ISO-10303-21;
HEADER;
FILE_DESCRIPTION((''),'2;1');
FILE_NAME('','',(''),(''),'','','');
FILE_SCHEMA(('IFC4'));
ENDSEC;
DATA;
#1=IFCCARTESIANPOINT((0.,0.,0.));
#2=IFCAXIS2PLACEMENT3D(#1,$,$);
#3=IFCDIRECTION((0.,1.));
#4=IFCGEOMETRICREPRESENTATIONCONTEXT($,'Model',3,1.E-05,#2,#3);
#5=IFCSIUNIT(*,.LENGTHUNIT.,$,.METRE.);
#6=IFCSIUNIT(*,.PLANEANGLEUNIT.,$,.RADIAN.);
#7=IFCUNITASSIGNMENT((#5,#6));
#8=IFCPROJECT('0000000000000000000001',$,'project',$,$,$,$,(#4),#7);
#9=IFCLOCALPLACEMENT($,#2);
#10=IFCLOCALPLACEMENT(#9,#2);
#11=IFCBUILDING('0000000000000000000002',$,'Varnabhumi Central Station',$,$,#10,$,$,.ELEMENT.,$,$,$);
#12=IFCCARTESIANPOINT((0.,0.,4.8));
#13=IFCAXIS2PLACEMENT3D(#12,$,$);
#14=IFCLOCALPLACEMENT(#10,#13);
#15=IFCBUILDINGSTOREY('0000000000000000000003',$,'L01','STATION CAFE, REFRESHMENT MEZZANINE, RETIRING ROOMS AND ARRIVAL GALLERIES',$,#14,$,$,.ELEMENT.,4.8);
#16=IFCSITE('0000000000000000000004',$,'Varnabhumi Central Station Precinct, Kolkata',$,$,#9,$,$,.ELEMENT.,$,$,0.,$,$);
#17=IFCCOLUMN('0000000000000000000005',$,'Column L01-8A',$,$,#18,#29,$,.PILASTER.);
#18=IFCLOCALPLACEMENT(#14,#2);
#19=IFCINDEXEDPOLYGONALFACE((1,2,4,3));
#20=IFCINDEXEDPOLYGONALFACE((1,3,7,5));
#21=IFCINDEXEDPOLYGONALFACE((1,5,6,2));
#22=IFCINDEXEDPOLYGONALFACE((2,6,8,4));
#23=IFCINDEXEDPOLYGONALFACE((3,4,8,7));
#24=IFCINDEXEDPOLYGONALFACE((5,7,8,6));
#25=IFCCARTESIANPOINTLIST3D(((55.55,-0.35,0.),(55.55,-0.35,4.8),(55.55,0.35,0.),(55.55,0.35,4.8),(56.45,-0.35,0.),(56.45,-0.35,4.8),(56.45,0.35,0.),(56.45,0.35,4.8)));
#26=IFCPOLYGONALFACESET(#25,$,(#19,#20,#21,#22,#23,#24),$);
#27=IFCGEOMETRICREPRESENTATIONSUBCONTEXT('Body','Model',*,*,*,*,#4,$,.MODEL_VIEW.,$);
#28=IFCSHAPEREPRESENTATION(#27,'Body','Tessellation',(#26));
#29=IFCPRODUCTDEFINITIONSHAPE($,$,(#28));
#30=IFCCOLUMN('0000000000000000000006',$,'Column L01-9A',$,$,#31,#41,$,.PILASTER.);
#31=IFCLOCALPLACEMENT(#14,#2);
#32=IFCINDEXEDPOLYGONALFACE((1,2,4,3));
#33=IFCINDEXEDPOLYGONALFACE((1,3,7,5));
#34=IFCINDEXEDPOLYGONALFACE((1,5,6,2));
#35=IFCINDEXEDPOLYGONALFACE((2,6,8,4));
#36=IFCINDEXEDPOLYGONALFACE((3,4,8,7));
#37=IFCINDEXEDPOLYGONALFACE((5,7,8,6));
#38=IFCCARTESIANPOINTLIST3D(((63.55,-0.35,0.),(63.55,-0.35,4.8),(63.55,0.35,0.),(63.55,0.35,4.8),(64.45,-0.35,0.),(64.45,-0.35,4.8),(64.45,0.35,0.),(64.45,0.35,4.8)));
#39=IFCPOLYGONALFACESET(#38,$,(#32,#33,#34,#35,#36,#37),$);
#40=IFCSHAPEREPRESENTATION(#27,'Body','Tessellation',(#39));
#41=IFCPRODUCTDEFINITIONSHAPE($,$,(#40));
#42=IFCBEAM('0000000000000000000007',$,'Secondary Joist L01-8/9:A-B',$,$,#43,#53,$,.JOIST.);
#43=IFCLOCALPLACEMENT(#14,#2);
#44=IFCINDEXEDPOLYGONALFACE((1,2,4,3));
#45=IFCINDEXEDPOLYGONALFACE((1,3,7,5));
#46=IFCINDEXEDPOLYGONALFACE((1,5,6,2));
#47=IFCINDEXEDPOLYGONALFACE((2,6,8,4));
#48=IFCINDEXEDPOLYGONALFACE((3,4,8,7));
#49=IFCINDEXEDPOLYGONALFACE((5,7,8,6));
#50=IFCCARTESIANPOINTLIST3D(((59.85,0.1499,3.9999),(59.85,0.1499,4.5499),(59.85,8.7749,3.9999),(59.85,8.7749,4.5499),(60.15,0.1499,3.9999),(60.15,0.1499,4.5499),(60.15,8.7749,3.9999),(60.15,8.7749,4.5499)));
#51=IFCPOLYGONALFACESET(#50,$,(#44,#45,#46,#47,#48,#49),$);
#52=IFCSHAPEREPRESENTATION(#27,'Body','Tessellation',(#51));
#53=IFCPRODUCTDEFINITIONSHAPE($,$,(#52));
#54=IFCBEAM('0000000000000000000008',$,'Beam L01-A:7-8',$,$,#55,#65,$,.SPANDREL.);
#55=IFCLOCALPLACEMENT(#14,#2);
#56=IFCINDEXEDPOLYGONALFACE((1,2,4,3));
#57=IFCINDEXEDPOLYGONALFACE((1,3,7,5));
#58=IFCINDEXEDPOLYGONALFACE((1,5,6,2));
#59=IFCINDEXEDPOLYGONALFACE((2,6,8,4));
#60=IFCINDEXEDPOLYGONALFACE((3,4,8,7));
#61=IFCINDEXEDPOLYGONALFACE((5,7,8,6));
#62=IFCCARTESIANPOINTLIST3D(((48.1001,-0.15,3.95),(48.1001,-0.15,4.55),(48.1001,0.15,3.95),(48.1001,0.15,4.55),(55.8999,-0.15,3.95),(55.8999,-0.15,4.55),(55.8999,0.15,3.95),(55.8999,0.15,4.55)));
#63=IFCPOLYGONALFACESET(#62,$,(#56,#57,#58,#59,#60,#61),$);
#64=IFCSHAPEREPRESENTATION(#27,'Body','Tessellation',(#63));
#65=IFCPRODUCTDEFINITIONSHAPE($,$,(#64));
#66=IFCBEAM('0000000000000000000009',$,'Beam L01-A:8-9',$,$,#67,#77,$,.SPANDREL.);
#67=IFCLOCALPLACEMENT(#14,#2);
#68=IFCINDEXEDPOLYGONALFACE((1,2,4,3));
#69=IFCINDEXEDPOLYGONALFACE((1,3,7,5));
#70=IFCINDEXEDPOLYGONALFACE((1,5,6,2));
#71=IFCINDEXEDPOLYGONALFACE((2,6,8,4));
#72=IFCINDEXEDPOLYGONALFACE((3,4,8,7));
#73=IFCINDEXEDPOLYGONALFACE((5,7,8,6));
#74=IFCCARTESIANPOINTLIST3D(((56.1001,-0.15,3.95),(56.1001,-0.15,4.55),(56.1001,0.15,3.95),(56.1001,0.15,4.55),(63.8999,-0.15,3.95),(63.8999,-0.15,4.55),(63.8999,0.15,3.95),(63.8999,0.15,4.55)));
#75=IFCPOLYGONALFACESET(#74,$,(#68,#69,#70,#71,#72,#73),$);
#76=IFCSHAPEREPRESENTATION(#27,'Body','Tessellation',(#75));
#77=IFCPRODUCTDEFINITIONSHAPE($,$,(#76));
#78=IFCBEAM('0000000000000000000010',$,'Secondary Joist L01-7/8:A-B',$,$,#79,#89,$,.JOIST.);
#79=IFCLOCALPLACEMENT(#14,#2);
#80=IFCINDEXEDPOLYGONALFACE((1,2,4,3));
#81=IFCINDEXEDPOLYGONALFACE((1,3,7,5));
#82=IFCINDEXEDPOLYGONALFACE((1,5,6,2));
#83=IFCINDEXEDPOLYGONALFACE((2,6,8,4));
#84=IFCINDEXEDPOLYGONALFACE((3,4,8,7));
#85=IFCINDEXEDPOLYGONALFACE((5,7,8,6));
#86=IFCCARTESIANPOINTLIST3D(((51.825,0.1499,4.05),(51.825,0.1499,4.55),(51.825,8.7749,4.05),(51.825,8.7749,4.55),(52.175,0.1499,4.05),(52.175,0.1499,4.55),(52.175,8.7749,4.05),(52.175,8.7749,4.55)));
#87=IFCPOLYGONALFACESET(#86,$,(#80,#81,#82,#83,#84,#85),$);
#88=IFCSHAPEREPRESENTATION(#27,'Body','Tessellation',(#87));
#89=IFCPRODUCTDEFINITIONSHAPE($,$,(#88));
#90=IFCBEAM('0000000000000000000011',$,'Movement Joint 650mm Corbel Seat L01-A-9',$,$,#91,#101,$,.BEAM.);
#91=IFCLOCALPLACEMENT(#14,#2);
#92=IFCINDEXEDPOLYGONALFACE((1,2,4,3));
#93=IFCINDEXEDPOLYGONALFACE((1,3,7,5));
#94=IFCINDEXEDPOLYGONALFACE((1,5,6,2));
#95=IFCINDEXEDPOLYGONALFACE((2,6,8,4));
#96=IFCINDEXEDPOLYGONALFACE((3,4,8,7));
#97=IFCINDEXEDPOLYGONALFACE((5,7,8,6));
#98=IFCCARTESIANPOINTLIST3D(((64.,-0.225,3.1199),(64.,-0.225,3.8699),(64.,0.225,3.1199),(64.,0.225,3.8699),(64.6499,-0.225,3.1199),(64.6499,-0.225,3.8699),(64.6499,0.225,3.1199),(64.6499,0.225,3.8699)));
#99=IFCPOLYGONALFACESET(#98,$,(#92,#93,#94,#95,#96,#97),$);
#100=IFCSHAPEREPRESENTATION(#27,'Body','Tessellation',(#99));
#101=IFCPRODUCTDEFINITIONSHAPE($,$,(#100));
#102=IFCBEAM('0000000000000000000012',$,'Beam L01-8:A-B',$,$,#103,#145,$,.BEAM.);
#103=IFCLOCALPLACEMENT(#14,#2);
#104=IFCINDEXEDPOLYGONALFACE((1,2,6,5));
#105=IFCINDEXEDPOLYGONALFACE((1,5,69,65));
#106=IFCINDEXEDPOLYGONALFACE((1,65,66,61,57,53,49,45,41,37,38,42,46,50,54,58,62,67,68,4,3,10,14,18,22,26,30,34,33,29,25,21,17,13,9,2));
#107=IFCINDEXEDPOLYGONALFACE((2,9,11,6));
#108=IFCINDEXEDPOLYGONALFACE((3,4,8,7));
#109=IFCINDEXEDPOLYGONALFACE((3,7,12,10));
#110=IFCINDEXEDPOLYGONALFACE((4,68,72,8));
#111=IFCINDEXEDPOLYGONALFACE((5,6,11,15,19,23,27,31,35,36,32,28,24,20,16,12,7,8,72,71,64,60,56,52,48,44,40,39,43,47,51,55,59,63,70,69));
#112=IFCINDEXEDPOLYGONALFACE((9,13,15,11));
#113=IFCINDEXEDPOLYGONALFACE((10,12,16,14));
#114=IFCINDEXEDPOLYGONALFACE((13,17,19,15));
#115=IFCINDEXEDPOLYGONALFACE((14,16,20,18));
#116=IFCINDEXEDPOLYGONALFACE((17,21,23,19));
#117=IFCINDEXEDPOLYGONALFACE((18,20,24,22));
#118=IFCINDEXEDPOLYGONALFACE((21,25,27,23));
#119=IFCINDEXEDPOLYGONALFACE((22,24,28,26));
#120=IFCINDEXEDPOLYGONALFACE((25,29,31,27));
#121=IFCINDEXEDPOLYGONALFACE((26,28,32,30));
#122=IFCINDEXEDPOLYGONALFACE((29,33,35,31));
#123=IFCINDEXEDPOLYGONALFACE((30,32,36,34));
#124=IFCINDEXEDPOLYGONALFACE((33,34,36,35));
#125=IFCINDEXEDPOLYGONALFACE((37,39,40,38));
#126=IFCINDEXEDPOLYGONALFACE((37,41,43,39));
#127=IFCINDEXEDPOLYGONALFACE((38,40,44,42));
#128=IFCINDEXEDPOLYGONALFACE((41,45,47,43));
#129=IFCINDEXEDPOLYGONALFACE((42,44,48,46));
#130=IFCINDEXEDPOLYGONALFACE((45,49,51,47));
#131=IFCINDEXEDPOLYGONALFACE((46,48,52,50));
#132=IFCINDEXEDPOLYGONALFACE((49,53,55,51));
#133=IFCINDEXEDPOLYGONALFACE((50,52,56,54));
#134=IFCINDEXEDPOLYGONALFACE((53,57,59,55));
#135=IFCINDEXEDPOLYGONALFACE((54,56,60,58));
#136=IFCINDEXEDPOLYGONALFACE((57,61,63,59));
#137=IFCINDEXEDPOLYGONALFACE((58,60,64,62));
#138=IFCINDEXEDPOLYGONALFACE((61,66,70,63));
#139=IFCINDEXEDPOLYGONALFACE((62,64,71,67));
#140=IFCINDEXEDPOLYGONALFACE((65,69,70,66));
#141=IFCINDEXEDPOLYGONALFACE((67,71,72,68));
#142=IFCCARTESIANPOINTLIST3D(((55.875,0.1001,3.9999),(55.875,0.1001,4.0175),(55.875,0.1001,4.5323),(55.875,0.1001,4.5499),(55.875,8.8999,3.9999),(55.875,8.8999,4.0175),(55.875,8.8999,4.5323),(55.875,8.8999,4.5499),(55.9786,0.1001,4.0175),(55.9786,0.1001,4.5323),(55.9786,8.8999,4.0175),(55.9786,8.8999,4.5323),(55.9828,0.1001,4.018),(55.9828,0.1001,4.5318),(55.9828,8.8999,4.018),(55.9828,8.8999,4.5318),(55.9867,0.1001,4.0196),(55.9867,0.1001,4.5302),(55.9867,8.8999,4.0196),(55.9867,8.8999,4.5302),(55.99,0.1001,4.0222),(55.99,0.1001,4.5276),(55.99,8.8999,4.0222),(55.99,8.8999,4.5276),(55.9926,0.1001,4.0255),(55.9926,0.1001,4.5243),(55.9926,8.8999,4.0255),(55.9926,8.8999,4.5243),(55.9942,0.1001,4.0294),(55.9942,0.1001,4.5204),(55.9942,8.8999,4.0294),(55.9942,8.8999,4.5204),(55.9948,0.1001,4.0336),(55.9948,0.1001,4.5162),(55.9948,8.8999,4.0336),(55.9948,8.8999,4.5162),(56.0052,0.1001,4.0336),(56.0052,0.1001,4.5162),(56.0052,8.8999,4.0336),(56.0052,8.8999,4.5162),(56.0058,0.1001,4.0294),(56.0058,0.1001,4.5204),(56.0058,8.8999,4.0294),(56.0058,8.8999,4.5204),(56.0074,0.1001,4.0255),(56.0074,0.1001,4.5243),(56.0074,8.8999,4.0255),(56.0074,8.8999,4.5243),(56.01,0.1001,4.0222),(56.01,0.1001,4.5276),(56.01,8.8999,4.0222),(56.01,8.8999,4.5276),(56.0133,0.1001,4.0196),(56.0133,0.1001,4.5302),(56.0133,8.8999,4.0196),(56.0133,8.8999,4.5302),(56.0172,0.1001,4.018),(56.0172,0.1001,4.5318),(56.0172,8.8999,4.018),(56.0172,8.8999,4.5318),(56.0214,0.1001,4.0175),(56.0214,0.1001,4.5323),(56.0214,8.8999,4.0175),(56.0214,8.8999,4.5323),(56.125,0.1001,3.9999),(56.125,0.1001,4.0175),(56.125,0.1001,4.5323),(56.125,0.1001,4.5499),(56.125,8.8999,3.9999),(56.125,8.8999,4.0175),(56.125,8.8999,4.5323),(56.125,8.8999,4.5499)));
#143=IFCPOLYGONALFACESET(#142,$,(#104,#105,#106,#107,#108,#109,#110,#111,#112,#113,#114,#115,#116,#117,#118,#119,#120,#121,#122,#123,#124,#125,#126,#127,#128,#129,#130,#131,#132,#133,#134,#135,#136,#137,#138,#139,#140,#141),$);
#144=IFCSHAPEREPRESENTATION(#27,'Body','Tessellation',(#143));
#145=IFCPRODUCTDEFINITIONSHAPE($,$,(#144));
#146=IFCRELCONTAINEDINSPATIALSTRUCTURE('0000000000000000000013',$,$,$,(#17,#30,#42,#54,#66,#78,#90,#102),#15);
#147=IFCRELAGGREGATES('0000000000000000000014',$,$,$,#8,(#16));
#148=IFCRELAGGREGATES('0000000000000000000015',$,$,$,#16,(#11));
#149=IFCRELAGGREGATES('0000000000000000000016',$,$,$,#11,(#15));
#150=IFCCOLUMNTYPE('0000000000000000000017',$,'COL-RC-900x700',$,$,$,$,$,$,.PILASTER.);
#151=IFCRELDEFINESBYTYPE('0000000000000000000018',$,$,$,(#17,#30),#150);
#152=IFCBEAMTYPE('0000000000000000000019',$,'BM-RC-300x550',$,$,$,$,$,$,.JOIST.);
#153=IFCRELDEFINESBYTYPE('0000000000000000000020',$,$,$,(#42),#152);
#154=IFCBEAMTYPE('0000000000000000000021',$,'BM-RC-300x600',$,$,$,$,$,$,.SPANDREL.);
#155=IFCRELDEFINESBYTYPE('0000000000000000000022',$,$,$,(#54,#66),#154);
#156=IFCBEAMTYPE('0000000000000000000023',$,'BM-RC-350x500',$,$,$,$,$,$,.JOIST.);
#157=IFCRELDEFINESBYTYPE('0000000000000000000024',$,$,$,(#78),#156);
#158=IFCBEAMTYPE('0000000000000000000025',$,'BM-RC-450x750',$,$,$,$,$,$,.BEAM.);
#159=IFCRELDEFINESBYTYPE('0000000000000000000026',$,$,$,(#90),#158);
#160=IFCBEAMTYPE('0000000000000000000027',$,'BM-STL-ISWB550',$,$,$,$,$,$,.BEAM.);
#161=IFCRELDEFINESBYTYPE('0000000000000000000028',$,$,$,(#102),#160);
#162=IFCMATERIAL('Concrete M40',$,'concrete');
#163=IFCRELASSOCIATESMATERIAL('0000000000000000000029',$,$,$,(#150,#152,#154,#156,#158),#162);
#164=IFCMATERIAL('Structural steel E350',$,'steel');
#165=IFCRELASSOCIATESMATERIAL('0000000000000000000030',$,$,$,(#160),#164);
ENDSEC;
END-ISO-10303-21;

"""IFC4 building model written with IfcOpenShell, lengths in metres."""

from ifc_helpers import new_model, si_unit, direction, frame, origin, origin_2d, place, context, subcontext, project, spatial, rectangle, i_section, extrude, material, material_profile, profile_set, type_object, element, save


model = new_model("IFC4")

# Units and contexts
model_context = context("Model", 3, precision=1e-05, world=origin(), true_north=direction((0.0, 1.0)))
body_context = subcontext(model_context, "Body", "Model", "MODEL_VIEW")
ifc_project = project(units=[si_unit("LENGTHUNIT", "METRE"), si_unit("PLANEANGLEUNIT", "RADIAN")], contexts=[model_context])

# Site, building, storey
site_placement = place(None, origin())
site = spatial("IfcSite", under=ifc_project, at=site_placement, Name="Varnabhumi Central Station Precinct, Kolkata", CompositionType="ELEMENT", RefElevation=0.0)
building_placement = place(site_placement, origin())
building = spatial("IfcBuilding", under=site, at=building_placement, Name="Varnabhumi Central Station", CompositionType="ELEMENT")
storey_placement = place(building_placement, frame((0.0, 0.0, 4.8)))
storey = spatial("IfcBuildingStorey", under=building, at=storey_placement, Name="L01", Description="STATION CAFE, REFRESHMENT MEZZANINE, RETIRING ROOMS AND ARRIVAL GALLERIES", CompositionType="ELEMENT", Elevation=4.8)

# Columns
ifc_material_1 = material(Name="Concrete M40", Category="concrete")
ifc_material_profile_1 = material_profile(ifc_material_1, rectangle(XDim=0.8999, YDim=0.7, at=origin_2d()), Name="Concrete M40", Category="concrete")
ifc_profile_set_1 = profile_set([ifc_material_profile_1], Name="Concrete M40")
column_type = type_object("IfcColumnType", Name="COL-RC-900x700", PredefinedType="PILASTER", material=ifc_profile_set_1)
for number, where, z_axis, x_axis, name in (
    (1, (56.0, 0.0, 0.0), (0.0, 0.0, 1.0), (1.0, 0.0, 0.0), "Column L01-8A"),
    (2, (64.0, 0.0, 0.0), (0.0, 0.0, 1.0), (1.0, 0.0, 0.0), "Column L01-9A"),
):
    element("IfcColumn", number, at=place(storey_placement, frame(where, z_axis=z_axis, x_axis=x_axis)), inside=storey, type_object=column_type, Name=name, PredefinedType="PILASTER", context=body_context, shape_type="SweptSolid", body=[
        extrude(rectangle(XDim=0.8999, YDim=0.7, at=origin_2d()), origin(), (0.0, 0.0, 1.0), 4.8),
    ])

# Beams
ifc_material_profile_2 = material_profile(ifc_material_1, rectangle(XDim=0.3, YDim=0.55, at=origin_2d()), Name="Concrete M40", Category="concrete")
ifc_profile_set_2 = profile_set([ifc_material_profile_2], Name="Concrete M40")
beam_type_1 = type_object("IfcBeamType", Name="BM-RC-300x550", PredefinedType="JOIST", material=ifc_profile_set_2)
beam_1_placement = place(storey_placement, frame((60.0, 0.1499, 4.2749), z_axis=(0.0, 1.0, 0.0), x_axis=(-1.0, 0.0, 0.0)))
element("IfcBeam", 3, at=beam_1_placement, inside=storey, type_object=beam_type_1, Name="Secondary Joist L01-8/9:A-B", PredefinedType="JOIST", context=body_context, shape_type="SweptSolid", body=[
    extrude(rectangle(XDim=0.3, YDim=0.55, at=origin_2d()), origin(), (0.0, 0.0, 1.0), 8.625),
])
ifc_material_profile_3 = material_profile(ifc_material_1, rectangle(XDim=0.3, YDim=0.6001, at=origin_2d()), Name="Concrete M40", Category="concrete")
ifc_profile_set_3 = profile_set([ifc_material_profile_3], Name="Concrete M40")
beam_type_2 = type_object("IfcBeamType", Name="BM-RC-300x600", PredefinedType="SPANDREL", material=ifc_profile_set_3)
for number, where, z_axis, x_axis, name in (
    (4, (48.1001, 0.0, 4.25), (1.0, 0.0, 0.0), (0.0, 1.0, 0.0), "Beam L01-A:7-8"),
    (5, (56.1001, 0.0, 4.25), (1.0, 0.0, 0.0), (0.0, 1.0, 0.0), "Beam L01-A:8-9"),
):
    element("IfcBeam", number, at=place(storey_placement, frame(where, z_axis=z_axis, x_axis=x_axis)), inside=storey, type_object=beam_type_2, Name=name, PredefinedType="SPANDREL", context=body_context, shape_type="SweptSolid", body=[
        extrude(rectangle(XDim=0.3, YDim=0.6001, at=origin_2d()), origin(), (0.0, 0.0, 1.0), 7.7998),
    ])
ifc_material_profile_4 = material_profile(ifc_material_1, rectangle(XDim=0.3501, YDim=0.5, at=origin_2d()), Name="Concrete M40", Category="concrete")
ifc_profile_set_4 = profile_set([ifc_material_profile_4], Name="Concrete M40")
beam_type_3 = type_object("IfcBeamType", Name="BM-RC-350x500", PredefinedType="JOIST", material=ifc_profile_set_4)
beam_2_placement = place(storey_placement, frame((52.0, 0.1499, 4.3), z_axis=(0.0, 1.0, 0.0), x_axis=(-1.0, 0.0, 0.0)))
element("IfcBeam", 6, at=beam_2_placement, inside=storey, type_object=beam_type_3, Name="Secondary Joist L01-7/8:A-B", PredefinedType="JOIST", context=body_context, shape_type="SweptSolid", body=[
    extrude(rectangle(XDim=0.3501, YDim=0.5, at=origin_2d()), origin(), (0.0, 0.0, 1.0), 8.625),
])
ifc_material_profile_5 = material_profile(ifc_material_1, rectangle(XDim=0.45, YDim=0.75, at=origin_2d()), Name="Concrete M40", Category="concrete")
ifc_profile_set_5 = profile_set([ifc_material_profile_5], Name="Concrete M40")
beam_type_4 = type_object("IfcBeamType", Name="BM-RC-450x750", PredefinedType="BEAM", material=ifc_profile_set_5)
beam_3_placement = place(storey_placement, frame((64.0, 0.0, 3.4949), z_axis=(1.0, 0.0, 0.0), x_axis=(0.0, 1.0, 0.0)))
element("IfcBeam", 7, at=beam_3_placement, inside=storey, type_object=beam_type_4, Name="Movement Joint 650mm Corbel Seat L01-A-9", PredefinedType="BEAM", context=body_context, shape_type="SweptSolid", body=[
    extrude(rectangle(XDim=0.45, YDim=0.75, at=origin_2d()), origin(), (0.0, 0.0, 1.0), 0.6499),
])
ifc_material_2 = material(Name="Structural steel E350", Category="steel")
ifc_material_profile_6 = material_profile(ifc_material_2, i_section(OverallWidth=0.25, OverallDepth=0.55, WebThickness=0.0105, FlangeThickness=0.0176, FilletRadius=0.0161, at=origin_2d()), Name="Structural steel E350", Category="steel")
ifc_profile_set_6 = profile_set([ifc_material_profile_6], Name="Structural steel E350")
beam_type_5 = type_object("IfcBeamType", Name="BM-STL-ISWB550", PredefinedType="BEAM", material=ifc_profile_set_6)
beam_4_placement = place(storey_placement, frame((56.0, 0.1001, 4.2749), z_axis=(0.0, 1.0, 0.0), x_axis=(-1.0, 0.0, 0.0)))
element("IfcBeam", 8, at=beam_4_placement, inside=storey, type_object=beam_type_5, Name="Beam L01-8:A-B", PredefinedType="BEAM", context=body_context, shape_type="SweptSolid", body=[
    extrude(i_section(OverallWidth=0.25, OverallDepth=0.55, WebThickness=0.0105, FlangeThickness=0.0176, FilletRadius=0.0161, at=origin_2d()), origin(), (0.0, 0.0, 1.0), 8.7998),
])

save(model, "model.ifc")
